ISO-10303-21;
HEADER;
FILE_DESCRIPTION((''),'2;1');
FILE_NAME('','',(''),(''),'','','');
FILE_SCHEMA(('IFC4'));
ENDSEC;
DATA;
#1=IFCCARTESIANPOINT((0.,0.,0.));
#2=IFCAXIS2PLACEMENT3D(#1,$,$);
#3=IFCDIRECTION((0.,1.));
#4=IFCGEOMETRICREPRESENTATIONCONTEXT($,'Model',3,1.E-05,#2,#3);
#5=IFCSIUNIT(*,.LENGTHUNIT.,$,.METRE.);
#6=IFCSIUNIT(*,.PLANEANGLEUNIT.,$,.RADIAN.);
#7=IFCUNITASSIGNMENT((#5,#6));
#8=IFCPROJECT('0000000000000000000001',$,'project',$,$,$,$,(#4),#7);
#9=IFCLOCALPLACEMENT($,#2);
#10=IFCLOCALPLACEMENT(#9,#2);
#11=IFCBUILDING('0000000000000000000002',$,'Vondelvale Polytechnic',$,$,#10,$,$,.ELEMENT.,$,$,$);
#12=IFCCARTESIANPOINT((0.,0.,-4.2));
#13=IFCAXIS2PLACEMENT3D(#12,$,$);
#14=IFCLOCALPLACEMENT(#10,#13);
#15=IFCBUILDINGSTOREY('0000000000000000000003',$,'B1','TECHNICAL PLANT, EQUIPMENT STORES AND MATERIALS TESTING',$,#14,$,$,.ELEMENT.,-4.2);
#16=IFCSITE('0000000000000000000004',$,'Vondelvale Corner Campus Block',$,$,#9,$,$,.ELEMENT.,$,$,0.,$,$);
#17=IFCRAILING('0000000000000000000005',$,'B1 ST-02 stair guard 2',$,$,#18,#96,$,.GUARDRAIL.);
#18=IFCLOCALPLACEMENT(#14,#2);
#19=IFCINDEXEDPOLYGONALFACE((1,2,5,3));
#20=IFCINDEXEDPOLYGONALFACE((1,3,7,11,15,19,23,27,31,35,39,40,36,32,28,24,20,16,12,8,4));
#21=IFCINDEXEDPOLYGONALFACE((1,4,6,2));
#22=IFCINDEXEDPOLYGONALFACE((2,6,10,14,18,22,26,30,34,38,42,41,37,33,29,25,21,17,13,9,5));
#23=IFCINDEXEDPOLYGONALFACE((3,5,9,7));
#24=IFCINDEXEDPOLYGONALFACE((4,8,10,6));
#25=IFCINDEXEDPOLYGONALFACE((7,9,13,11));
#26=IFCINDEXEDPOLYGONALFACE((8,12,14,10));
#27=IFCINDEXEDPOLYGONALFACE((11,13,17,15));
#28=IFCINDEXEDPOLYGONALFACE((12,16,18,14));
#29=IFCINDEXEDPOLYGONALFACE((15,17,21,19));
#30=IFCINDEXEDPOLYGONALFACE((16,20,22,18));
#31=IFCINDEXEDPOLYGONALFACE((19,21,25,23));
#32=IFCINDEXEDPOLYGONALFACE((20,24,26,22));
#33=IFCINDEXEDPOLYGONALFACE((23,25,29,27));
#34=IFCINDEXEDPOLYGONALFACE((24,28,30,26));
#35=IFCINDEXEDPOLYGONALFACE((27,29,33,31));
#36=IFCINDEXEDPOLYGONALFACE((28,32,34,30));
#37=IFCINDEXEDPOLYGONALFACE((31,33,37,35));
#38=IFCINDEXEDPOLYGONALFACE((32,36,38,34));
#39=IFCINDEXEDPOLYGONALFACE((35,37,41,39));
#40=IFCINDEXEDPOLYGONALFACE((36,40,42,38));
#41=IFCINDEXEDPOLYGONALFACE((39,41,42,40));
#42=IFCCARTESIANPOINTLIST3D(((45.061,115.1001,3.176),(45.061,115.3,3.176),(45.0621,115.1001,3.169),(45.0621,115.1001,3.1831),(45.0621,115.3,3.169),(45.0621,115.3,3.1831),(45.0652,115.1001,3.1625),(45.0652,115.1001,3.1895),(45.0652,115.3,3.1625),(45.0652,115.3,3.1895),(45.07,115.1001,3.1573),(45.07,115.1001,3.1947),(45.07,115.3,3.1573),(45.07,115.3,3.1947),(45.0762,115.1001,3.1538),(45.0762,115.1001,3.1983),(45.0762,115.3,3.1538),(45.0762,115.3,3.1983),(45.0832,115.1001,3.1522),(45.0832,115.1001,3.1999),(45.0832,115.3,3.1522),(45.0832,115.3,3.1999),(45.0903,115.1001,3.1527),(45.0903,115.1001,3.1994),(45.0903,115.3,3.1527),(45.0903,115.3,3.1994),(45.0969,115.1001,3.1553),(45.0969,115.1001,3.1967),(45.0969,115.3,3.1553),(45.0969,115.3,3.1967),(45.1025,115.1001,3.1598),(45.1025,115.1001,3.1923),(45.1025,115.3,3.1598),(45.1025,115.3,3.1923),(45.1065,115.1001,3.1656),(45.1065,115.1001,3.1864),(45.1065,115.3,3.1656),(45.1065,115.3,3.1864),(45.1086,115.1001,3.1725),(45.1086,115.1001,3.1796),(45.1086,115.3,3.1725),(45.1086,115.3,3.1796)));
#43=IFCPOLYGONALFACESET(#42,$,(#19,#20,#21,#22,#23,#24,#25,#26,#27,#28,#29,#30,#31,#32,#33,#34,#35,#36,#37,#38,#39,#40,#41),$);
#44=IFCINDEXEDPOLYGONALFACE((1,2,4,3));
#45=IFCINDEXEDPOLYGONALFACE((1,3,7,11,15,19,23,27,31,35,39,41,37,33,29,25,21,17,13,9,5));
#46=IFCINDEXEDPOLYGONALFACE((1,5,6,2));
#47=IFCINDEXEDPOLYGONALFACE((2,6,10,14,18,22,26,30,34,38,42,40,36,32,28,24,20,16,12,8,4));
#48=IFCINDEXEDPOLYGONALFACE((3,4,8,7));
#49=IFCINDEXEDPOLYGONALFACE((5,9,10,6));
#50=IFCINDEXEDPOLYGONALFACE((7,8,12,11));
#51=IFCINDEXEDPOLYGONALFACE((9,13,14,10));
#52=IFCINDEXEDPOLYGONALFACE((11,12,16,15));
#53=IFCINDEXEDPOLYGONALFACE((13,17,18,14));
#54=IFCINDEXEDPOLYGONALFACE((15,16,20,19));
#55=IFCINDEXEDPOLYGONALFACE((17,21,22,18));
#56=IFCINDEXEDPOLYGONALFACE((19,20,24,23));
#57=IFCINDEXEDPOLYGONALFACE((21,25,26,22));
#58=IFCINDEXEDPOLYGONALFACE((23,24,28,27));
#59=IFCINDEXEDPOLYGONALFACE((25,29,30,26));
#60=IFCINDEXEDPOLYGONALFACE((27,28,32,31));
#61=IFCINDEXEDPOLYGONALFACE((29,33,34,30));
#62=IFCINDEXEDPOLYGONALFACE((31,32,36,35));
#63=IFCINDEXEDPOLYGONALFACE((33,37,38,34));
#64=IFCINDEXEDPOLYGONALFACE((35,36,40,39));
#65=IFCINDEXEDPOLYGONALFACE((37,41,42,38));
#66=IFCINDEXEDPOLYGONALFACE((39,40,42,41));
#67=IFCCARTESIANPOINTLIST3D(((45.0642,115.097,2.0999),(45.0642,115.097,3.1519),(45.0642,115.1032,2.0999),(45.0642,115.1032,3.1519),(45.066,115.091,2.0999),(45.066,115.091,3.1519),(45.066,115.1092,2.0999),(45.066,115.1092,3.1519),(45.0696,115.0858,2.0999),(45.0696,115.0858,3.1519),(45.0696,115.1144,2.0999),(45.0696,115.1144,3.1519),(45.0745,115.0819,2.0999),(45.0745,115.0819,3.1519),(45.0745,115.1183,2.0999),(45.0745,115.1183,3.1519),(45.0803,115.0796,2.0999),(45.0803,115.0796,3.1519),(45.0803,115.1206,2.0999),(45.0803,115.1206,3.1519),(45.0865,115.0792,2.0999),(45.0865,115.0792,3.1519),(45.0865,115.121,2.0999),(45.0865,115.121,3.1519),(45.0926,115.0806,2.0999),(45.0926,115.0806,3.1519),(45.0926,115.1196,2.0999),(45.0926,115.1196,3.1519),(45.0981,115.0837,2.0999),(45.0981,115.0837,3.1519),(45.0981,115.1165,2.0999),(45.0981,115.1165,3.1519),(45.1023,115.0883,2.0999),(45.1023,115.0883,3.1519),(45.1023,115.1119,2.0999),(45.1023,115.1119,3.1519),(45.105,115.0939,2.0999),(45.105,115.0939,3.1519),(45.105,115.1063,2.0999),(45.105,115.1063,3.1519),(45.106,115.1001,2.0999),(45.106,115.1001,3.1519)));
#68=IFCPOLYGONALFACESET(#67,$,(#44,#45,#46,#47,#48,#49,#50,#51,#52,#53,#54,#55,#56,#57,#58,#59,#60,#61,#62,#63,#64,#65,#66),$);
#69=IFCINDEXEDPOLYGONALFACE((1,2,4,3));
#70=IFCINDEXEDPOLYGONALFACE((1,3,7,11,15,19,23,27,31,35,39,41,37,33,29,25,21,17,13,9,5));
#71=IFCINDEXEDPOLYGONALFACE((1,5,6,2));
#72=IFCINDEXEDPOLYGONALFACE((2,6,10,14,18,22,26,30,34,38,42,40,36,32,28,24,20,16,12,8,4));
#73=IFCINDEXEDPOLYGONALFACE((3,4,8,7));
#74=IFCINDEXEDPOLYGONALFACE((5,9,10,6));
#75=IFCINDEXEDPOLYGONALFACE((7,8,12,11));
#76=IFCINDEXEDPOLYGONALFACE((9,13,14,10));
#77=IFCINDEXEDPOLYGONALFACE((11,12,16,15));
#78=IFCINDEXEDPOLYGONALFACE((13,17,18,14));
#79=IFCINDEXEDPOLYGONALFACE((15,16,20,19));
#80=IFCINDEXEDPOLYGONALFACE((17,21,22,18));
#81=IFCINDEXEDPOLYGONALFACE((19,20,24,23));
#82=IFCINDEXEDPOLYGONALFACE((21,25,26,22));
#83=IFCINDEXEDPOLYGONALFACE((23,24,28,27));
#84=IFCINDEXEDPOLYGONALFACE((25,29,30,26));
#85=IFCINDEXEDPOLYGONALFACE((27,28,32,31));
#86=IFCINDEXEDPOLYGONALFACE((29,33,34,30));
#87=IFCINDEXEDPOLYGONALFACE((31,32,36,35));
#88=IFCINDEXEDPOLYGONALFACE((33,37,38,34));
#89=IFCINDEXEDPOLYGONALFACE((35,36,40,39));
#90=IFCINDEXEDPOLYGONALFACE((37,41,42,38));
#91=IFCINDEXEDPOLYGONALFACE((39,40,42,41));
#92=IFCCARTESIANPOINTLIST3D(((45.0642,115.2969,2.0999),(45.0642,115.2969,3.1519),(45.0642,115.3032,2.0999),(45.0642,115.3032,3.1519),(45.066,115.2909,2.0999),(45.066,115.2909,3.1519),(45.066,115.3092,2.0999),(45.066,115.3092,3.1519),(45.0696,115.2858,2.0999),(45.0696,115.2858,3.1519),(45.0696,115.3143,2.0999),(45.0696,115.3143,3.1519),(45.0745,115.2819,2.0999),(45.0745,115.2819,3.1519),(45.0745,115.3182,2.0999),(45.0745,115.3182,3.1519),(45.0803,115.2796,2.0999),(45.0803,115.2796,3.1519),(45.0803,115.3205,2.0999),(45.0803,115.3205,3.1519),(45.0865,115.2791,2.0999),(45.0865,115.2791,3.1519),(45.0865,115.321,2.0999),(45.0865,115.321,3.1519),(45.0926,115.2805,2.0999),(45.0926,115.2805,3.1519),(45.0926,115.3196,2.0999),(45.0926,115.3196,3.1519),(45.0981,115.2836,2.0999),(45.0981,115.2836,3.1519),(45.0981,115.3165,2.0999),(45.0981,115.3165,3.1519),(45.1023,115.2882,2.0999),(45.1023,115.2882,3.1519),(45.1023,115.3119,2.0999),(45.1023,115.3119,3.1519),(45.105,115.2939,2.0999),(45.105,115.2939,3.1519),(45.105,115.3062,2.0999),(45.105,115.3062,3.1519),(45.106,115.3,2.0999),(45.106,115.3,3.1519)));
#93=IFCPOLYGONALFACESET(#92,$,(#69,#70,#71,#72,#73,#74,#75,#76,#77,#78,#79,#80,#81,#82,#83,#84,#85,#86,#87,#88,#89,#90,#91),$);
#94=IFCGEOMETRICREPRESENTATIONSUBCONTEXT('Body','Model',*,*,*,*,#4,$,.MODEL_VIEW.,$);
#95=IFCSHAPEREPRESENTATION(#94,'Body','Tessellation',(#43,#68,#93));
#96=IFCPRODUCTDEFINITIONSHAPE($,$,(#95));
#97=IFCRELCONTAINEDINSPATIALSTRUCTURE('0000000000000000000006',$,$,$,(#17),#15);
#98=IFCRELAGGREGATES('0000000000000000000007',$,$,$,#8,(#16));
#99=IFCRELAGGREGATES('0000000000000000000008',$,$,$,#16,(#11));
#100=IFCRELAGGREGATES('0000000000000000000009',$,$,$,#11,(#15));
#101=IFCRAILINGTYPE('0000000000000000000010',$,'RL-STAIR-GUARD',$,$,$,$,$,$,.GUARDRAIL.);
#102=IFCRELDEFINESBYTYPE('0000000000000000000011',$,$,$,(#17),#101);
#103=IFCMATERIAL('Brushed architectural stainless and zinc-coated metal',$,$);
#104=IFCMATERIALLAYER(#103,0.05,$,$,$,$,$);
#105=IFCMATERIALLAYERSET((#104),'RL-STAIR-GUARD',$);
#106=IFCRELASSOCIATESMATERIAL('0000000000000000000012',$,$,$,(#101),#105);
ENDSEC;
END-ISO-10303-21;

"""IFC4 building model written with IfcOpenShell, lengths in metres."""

from ifc_helpers import new_model, si_unit, direction, frame, origin, origin_2d, place, context, subcontext, project, spatial, circle, extrude, material, layer, layer_set, type_object, element, save


model = new_model("IFC4")

# Units and contexts
model_context = context("Model", 3, precision=1e-05, world=origin(), true_north=direction((0.0, 1.0)))
body_context = subcontext(model_context, "Body", "Model", "MODEL_VIEW")
ifc_project = project(units=[si_unit("LENGTHUNIT", "METRE"), si_unit("PLANEANGLEUNIT", "RADIAN")], contexts=[model_context])

# Site, building, storey
site_placement = place(None, origin())
site = spatial("IfcSite", under=ifc_project, at=site_placement, Name="Vondelvale Corner Campus Block", CompositionType="ELEMENT", RefElevation=0.0)
building_placement = place(site_placement, origin())
building = spatial("IfcBuilding", under=site, at=building_placement, Name="Vondelvale Polytechnic", CompositionType="ELEMENT")
storey_placement = place(building_placement, frame((0.0, 0.0, -4.2)))
storey = spatial("IfcBuildingStorey", under=building, at=storey_placement, Name="B1", Description="TECHNICAL PLANT, EQUIPMENT STORES AND MATERIALS TESTING", CompositionType="ELEMENT", Elevation=-4.2)

# Shared definitions
ifc_material_1 = material(Name="Brushed architectural stainless and zinc-coated metal")

# Railing
ifc_layer_1 = layer(ifc_material_1, 0.05)
ifc_layer_set_1 = layer_set([ifc_layer_1], Name="RL-STAIR-GUARD")
railing_type_1 = type_object("IfcRailingType", Name="RL-STAIR-GUARD", PredefinedType="GUARDRAIL", material=ifc_layer_set_1)
railing_1_placement = place(storey_placement, frame((45.085, 115.1001, 2.0999)))
element("IfcRailing", 1, at=railing_1_placement, inside=storey, type_object=railing_type_1, Name="B1 ST-02 stair guard 2", PredefinedType="GUARDRAIL", context=body_context, shape_type="SweptSolid", body=[
    extrude(circle(Radius=0.0239, at=origin_2d()), frame((0.0, 0.0, 1.0762), z_axis=(0.0, 1.0, 0.0), x_axis=(-1.0, 0.0, 0.0)), (0.0, 0.0, 1.0), 0.2),
    extrude(circle(Radius=0.021, at=origin_2d()), origin(), (0.0, 0.0, 1.0), 1.052),
    extrude(circle(Radius=0.021, at=origin_2d()), frame((0.0, 0.2, 0.0)), (0.0, 0.0, 1.0), 1.052),
])

save(model, "model.ifc")
